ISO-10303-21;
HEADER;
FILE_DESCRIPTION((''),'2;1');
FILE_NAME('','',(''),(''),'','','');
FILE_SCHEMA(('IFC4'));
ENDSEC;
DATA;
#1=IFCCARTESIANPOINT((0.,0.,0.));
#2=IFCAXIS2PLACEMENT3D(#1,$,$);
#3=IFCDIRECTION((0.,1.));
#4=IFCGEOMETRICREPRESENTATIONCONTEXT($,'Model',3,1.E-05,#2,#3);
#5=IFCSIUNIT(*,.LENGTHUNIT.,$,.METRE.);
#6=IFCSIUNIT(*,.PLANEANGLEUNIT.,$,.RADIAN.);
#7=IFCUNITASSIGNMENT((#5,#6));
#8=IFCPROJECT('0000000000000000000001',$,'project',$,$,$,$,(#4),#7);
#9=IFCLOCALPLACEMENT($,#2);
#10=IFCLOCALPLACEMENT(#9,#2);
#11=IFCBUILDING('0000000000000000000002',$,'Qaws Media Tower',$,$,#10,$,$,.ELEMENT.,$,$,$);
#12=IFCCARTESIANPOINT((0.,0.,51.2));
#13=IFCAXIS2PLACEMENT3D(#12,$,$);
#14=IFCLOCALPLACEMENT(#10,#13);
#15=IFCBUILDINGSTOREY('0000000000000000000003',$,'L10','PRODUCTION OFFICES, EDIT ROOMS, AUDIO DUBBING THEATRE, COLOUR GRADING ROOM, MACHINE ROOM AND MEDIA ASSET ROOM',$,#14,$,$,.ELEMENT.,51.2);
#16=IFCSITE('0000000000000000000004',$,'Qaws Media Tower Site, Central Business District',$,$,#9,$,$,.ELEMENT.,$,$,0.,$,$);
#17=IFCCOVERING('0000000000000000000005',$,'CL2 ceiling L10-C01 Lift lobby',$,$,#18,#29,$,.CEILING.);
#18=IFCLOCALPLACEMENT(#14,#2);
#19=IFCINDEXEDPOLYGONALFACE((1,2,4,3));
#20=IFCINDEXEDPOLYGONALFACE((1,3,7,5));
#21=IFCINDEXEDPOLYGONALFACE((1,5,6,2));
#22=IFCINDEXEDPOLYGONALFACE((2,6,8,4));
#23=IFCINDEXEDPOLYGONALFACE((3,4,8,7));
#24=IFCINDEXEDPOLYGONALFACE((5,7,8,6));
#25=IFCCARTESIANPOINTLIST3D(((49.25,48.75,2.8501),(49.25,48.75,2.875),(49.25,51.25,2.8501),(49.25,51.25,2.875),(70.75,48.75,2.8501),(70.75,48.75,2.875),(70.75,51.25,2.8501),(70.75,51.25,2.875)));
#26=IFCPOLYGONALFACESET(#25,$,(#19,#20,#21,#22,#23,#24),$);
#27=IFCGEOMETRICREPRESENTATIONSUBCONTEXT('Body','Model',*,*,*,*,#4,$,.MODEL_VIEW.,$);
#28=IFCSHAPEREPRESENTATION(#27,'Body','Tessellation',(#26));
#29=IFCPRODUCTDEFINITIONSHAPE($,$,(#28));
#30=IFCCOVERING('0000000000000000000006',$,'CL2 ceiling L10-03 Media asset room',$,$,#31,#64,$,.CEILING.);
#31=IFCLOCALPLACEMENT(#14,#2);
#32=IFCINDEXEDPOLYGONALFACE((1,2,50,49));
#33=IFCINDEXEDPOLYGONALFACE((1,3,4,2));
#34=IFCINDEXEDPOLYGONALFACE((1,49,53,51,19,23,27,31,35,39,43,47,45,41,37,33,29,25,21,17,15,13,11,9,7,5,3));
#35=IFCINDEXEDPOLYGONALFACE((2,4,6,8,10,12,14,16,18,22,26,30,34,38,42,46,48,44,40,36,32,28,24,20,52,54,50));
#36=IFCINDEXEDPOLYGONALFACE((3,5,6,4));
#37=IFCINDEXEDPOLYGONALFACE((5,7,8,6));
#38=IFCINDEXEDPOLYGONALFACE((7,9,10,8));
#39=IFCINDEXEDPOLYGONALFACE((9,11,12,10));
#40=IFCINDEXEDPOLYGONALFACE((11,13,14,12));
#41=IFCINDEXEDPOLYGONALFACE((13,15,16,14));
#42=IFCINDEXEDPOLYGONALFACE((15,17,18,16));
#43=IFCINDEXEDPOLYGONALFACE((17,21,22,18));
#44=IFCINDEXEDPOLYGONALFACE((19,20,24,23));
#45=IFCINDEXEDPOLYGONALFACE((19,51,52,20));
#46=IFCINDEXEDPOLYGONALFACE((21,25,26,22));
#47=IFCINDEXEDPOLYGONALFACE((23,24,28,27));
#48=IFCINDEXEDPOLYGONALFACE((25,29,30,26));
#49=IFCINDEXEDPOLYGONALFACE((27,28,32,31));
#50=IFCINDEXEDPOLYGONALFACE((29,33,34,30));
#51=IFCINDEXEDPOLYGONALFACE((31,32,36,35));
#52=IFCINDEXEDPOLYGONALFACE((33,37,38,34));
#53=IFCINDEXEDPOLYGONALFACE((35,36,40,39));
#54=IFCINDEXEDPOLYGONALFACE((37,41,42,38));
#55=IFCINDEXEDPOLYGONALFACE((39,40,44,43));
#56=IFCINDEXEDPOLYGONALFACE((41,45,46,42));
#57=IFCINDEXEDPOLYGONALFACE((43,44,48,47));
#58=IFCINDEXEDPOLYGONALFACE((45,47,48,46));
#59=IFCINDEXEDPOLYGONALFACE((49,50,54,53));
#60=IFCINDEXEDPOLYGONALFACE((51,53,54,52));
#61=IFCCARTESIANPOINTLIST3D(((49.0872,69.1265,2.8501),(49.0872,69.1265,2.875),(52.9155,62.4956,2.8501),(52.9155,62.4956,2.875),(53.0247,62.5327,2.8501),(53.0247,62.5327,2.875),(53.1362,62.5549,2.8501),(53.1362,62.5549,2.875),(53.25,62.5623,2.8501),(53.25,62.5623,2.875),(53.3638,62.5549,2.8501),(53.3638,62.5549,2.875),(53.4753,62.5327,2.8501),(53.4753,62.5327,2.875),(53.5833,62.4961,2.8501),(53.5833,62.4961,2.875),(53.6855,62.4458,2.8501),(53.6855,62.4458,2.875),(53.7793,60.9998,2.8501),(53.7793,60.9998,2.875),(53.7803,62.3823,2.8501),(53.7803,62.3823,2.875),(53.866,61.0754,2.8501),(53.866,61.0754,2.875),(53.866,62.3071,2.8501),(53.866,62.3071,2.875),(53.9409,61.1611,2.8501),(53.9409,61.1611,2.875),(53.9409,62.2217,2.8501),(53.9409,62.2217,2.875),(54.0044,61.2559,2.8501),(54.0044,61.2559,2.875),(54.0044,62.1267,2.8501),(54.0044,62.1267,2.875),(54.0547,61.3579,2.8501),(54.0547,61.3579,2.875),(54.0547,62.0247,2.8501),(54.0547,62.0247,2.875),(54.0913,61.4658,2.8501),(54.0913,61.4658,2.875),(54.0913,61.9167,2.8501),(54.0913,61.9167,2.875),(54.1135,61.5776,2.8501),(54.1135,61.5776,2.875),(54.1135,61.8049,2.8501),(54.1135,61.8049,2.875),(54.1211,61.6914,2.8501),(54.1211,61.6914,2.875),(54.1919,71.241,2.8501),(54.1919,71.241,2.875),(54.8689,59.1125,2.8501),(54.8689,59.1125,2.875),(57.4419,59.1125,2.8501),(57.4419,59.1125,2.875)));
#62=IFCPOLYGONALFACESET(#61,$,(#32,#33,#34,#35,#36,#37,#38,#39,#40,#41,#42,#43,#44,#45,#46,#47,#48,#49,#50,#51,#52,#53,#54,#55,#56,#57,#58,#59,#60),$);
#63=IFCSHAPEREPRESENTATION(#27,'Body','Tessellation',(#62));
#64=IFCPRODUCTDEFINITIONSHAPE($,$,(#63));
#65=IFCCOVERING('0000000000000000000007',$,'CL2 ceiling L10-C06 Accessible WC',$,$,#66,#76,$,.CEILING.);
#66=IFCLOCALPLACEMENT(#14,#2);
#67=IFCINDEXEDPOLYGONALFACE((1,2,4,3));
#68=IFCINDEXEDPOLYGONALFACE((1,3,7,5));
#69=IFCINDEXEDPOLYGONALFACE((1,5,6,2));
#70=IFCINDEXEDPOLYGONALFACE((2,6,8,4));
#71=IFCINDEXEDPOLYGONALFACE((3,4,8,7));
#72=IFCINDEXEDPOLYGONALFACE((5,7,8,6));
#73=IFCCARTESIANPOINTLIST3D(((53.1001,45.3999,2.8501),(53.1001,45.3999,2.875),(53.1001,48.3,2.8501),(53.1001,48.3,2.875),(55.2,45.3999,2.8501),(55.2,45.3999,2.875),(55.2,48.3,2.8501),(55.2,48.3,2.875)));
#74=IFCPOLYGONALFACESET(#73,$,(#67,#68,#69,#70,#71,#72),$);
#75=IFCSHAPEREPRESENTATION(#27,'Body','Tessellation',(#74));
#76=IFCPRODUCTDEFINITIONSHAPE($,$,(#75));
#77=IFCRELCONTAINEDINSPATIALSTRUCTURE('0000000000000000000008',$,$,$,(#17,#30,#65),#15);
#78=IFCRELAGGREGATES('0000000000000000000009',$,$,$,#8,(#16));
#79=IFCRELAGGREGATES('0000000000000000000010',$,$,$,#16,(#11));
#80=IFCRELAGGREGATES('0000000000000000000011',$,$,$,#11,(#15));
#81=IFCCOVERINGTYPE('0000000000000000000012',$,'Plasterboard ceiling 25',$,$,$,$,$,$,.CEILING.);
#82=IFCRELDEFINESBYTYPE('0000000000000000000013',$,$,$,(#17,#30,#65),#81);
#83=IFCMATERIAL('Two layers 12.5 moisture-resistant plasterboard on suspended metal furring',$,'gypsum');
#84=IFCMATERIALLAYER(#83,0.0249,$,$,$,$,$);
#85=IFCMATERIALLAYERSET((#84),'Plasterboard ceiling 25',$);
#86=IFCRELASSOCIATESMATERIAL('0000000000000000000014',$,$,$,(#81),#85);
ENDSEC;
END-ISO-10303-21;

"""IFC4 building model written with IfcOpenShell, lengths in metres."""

from ifc_helpers import new_model, si_unit, direction, frame, origin, place, context, subcontext, project, spatial, polyline, outline, extrude, material, layer, layer_set, type_object, element, save


model = new_model("IFC4")

# Units and contexts
model_context = context("Model", 3, precision=1e-05, world=origin(), true_north=direction((0.0, 1.0)))
body_context = subcontext(model_context, "Body", "Model", "MODEL_VIEW")
ifc_project = project(units=[si_unit("LENGTHUNIT", "METRE"), si_unit("PLANEANGLEUNIT", "RADIAN")], contexts=[model_context])

# Site, building, storey
site_placement = place(None, origin())
site = spatial("IfcSite", under=ifc_project, at=site_placement, Name="Qaws Media Tower Site, Central Business District", CompositionType="ELEMENT", RefElevation=0.0)
building_placement = place(site_placement, origin())
building = spatial("IfcBuilding", under=site, at=building_placement, Name="Qaws Media Tower", CompositionType="ELEMENT")
storey_placement = place(building_placement, frame((0.0, 0.0, 51.2)))
storey = spatial("IfcBuildingStorey", under=building, at=storey_placement, Name="L10", Description="PRODUCTION OFFICES, EDIT ROOMS, AUDIO DUBBING THEATRE, COLOUR GRADING ROOM, MACHINE ROOM AND MEDIA ASSET ROOM", CompositionType="ELEMENT", Elevation=51.2)

# Coverings
ifc_material_1 = material(Name="Two layers 12.5 moisture-resistant plasterboard on suspended metal furring", Category="gypsum")
ifc_layer_1 = layer(ifc_material_1, 0.0249)
ifc_layer_set_1 = layer_set([ifc_layer_1], Name="Plasterboard ceiling 25")
covering_type_1 = type_object("IfcCoveringType", Name="Plasterboard ceiling 25", PredefinedType="CEILING", material=ifc_layer_set_1)
covering_1_placement = place(storey_placement, frame((0.0, 0.0, 2.8501)))
element("IfcCovering", 1, at=covering_1_placement, inside=storey, type_object=covering_type_1, Name="CL2 ceiling L10-C01 Lift lobby", PredefinedType="CEILING", context=body_context, shape_type="SweptSolid", body=[
    extrude(outline(polyline([(49.25, 48.75), (49.25, 51.25), (70.75, 51.25), (70.75, 48.75), (49.25, 48.75)])), origin(), (0.0, 0.0, 1.0), 0.0249),
])
covering_2_placement = place(storey_placement, frame((0.0, 0.0, 2.8501)))
element("IfcCovering", 2, at=covering_2_placement, inside=storey, type_object=covering_type_1, Name="CL2 ceiling L10-03 Media asset room", PredefinedType="CEILING", context=body_context, shape_type="SweptSolid", body=[
    extrude(outline(polyline([(54.1919, 71.241), (57.4419, 59.1125), (54.8689, 59.1125), (53.7793, 60.9998), (53.866, 61.0754), (53.9409, 61.1611), (54.0044, 61.2559), (54.0547, 61.3579), (54.0913, 61.4658), (54.1135, 61.5776), (54.1211, 61.6914), (54.1135, 61.8049), (54.0913, 61.9167), (54.0547, 62.0247), (54.0044, 62.1267), (53.9409, 62.2217), (53.866, 62.3071), (53.7803, 62.3823), (53.6855, 62.4458), (53.5833, 62.4961), (53.4753, 62.5327), (53.3638, 62.5549), (53.25, 62.5623), (53.1362, 62.5549), (53.0247, 62.5327), (52.9155, 62.4956), (49.0872, 69.1265), (54.1919, 71.241)])), origin(), (0.0, 0.0, 1.0), 0.0249),
])
covering_3_placement = place(storey_placement, frame((0.0, 0.0, 2.8501)))
element("IfcCovering", 3, at=covering_3_placement, inside=storey, type_object=covering_type_1, Name="CL2 ceiling L10-C06 Accessible WC", PredefinedType="CEILING", context=body_context, shape_type="SweptSolid", body=[
    extrude(outline(polyline([(53.1001, 45.3999), (53.1001, 48.3), (55.2, 48.3), (55.2, 45.3999), (53.1001, 45.3999)])), origin(), (0.0, 0.0, 1.0), 0.0249),
])

save(model, "model.ifc")
